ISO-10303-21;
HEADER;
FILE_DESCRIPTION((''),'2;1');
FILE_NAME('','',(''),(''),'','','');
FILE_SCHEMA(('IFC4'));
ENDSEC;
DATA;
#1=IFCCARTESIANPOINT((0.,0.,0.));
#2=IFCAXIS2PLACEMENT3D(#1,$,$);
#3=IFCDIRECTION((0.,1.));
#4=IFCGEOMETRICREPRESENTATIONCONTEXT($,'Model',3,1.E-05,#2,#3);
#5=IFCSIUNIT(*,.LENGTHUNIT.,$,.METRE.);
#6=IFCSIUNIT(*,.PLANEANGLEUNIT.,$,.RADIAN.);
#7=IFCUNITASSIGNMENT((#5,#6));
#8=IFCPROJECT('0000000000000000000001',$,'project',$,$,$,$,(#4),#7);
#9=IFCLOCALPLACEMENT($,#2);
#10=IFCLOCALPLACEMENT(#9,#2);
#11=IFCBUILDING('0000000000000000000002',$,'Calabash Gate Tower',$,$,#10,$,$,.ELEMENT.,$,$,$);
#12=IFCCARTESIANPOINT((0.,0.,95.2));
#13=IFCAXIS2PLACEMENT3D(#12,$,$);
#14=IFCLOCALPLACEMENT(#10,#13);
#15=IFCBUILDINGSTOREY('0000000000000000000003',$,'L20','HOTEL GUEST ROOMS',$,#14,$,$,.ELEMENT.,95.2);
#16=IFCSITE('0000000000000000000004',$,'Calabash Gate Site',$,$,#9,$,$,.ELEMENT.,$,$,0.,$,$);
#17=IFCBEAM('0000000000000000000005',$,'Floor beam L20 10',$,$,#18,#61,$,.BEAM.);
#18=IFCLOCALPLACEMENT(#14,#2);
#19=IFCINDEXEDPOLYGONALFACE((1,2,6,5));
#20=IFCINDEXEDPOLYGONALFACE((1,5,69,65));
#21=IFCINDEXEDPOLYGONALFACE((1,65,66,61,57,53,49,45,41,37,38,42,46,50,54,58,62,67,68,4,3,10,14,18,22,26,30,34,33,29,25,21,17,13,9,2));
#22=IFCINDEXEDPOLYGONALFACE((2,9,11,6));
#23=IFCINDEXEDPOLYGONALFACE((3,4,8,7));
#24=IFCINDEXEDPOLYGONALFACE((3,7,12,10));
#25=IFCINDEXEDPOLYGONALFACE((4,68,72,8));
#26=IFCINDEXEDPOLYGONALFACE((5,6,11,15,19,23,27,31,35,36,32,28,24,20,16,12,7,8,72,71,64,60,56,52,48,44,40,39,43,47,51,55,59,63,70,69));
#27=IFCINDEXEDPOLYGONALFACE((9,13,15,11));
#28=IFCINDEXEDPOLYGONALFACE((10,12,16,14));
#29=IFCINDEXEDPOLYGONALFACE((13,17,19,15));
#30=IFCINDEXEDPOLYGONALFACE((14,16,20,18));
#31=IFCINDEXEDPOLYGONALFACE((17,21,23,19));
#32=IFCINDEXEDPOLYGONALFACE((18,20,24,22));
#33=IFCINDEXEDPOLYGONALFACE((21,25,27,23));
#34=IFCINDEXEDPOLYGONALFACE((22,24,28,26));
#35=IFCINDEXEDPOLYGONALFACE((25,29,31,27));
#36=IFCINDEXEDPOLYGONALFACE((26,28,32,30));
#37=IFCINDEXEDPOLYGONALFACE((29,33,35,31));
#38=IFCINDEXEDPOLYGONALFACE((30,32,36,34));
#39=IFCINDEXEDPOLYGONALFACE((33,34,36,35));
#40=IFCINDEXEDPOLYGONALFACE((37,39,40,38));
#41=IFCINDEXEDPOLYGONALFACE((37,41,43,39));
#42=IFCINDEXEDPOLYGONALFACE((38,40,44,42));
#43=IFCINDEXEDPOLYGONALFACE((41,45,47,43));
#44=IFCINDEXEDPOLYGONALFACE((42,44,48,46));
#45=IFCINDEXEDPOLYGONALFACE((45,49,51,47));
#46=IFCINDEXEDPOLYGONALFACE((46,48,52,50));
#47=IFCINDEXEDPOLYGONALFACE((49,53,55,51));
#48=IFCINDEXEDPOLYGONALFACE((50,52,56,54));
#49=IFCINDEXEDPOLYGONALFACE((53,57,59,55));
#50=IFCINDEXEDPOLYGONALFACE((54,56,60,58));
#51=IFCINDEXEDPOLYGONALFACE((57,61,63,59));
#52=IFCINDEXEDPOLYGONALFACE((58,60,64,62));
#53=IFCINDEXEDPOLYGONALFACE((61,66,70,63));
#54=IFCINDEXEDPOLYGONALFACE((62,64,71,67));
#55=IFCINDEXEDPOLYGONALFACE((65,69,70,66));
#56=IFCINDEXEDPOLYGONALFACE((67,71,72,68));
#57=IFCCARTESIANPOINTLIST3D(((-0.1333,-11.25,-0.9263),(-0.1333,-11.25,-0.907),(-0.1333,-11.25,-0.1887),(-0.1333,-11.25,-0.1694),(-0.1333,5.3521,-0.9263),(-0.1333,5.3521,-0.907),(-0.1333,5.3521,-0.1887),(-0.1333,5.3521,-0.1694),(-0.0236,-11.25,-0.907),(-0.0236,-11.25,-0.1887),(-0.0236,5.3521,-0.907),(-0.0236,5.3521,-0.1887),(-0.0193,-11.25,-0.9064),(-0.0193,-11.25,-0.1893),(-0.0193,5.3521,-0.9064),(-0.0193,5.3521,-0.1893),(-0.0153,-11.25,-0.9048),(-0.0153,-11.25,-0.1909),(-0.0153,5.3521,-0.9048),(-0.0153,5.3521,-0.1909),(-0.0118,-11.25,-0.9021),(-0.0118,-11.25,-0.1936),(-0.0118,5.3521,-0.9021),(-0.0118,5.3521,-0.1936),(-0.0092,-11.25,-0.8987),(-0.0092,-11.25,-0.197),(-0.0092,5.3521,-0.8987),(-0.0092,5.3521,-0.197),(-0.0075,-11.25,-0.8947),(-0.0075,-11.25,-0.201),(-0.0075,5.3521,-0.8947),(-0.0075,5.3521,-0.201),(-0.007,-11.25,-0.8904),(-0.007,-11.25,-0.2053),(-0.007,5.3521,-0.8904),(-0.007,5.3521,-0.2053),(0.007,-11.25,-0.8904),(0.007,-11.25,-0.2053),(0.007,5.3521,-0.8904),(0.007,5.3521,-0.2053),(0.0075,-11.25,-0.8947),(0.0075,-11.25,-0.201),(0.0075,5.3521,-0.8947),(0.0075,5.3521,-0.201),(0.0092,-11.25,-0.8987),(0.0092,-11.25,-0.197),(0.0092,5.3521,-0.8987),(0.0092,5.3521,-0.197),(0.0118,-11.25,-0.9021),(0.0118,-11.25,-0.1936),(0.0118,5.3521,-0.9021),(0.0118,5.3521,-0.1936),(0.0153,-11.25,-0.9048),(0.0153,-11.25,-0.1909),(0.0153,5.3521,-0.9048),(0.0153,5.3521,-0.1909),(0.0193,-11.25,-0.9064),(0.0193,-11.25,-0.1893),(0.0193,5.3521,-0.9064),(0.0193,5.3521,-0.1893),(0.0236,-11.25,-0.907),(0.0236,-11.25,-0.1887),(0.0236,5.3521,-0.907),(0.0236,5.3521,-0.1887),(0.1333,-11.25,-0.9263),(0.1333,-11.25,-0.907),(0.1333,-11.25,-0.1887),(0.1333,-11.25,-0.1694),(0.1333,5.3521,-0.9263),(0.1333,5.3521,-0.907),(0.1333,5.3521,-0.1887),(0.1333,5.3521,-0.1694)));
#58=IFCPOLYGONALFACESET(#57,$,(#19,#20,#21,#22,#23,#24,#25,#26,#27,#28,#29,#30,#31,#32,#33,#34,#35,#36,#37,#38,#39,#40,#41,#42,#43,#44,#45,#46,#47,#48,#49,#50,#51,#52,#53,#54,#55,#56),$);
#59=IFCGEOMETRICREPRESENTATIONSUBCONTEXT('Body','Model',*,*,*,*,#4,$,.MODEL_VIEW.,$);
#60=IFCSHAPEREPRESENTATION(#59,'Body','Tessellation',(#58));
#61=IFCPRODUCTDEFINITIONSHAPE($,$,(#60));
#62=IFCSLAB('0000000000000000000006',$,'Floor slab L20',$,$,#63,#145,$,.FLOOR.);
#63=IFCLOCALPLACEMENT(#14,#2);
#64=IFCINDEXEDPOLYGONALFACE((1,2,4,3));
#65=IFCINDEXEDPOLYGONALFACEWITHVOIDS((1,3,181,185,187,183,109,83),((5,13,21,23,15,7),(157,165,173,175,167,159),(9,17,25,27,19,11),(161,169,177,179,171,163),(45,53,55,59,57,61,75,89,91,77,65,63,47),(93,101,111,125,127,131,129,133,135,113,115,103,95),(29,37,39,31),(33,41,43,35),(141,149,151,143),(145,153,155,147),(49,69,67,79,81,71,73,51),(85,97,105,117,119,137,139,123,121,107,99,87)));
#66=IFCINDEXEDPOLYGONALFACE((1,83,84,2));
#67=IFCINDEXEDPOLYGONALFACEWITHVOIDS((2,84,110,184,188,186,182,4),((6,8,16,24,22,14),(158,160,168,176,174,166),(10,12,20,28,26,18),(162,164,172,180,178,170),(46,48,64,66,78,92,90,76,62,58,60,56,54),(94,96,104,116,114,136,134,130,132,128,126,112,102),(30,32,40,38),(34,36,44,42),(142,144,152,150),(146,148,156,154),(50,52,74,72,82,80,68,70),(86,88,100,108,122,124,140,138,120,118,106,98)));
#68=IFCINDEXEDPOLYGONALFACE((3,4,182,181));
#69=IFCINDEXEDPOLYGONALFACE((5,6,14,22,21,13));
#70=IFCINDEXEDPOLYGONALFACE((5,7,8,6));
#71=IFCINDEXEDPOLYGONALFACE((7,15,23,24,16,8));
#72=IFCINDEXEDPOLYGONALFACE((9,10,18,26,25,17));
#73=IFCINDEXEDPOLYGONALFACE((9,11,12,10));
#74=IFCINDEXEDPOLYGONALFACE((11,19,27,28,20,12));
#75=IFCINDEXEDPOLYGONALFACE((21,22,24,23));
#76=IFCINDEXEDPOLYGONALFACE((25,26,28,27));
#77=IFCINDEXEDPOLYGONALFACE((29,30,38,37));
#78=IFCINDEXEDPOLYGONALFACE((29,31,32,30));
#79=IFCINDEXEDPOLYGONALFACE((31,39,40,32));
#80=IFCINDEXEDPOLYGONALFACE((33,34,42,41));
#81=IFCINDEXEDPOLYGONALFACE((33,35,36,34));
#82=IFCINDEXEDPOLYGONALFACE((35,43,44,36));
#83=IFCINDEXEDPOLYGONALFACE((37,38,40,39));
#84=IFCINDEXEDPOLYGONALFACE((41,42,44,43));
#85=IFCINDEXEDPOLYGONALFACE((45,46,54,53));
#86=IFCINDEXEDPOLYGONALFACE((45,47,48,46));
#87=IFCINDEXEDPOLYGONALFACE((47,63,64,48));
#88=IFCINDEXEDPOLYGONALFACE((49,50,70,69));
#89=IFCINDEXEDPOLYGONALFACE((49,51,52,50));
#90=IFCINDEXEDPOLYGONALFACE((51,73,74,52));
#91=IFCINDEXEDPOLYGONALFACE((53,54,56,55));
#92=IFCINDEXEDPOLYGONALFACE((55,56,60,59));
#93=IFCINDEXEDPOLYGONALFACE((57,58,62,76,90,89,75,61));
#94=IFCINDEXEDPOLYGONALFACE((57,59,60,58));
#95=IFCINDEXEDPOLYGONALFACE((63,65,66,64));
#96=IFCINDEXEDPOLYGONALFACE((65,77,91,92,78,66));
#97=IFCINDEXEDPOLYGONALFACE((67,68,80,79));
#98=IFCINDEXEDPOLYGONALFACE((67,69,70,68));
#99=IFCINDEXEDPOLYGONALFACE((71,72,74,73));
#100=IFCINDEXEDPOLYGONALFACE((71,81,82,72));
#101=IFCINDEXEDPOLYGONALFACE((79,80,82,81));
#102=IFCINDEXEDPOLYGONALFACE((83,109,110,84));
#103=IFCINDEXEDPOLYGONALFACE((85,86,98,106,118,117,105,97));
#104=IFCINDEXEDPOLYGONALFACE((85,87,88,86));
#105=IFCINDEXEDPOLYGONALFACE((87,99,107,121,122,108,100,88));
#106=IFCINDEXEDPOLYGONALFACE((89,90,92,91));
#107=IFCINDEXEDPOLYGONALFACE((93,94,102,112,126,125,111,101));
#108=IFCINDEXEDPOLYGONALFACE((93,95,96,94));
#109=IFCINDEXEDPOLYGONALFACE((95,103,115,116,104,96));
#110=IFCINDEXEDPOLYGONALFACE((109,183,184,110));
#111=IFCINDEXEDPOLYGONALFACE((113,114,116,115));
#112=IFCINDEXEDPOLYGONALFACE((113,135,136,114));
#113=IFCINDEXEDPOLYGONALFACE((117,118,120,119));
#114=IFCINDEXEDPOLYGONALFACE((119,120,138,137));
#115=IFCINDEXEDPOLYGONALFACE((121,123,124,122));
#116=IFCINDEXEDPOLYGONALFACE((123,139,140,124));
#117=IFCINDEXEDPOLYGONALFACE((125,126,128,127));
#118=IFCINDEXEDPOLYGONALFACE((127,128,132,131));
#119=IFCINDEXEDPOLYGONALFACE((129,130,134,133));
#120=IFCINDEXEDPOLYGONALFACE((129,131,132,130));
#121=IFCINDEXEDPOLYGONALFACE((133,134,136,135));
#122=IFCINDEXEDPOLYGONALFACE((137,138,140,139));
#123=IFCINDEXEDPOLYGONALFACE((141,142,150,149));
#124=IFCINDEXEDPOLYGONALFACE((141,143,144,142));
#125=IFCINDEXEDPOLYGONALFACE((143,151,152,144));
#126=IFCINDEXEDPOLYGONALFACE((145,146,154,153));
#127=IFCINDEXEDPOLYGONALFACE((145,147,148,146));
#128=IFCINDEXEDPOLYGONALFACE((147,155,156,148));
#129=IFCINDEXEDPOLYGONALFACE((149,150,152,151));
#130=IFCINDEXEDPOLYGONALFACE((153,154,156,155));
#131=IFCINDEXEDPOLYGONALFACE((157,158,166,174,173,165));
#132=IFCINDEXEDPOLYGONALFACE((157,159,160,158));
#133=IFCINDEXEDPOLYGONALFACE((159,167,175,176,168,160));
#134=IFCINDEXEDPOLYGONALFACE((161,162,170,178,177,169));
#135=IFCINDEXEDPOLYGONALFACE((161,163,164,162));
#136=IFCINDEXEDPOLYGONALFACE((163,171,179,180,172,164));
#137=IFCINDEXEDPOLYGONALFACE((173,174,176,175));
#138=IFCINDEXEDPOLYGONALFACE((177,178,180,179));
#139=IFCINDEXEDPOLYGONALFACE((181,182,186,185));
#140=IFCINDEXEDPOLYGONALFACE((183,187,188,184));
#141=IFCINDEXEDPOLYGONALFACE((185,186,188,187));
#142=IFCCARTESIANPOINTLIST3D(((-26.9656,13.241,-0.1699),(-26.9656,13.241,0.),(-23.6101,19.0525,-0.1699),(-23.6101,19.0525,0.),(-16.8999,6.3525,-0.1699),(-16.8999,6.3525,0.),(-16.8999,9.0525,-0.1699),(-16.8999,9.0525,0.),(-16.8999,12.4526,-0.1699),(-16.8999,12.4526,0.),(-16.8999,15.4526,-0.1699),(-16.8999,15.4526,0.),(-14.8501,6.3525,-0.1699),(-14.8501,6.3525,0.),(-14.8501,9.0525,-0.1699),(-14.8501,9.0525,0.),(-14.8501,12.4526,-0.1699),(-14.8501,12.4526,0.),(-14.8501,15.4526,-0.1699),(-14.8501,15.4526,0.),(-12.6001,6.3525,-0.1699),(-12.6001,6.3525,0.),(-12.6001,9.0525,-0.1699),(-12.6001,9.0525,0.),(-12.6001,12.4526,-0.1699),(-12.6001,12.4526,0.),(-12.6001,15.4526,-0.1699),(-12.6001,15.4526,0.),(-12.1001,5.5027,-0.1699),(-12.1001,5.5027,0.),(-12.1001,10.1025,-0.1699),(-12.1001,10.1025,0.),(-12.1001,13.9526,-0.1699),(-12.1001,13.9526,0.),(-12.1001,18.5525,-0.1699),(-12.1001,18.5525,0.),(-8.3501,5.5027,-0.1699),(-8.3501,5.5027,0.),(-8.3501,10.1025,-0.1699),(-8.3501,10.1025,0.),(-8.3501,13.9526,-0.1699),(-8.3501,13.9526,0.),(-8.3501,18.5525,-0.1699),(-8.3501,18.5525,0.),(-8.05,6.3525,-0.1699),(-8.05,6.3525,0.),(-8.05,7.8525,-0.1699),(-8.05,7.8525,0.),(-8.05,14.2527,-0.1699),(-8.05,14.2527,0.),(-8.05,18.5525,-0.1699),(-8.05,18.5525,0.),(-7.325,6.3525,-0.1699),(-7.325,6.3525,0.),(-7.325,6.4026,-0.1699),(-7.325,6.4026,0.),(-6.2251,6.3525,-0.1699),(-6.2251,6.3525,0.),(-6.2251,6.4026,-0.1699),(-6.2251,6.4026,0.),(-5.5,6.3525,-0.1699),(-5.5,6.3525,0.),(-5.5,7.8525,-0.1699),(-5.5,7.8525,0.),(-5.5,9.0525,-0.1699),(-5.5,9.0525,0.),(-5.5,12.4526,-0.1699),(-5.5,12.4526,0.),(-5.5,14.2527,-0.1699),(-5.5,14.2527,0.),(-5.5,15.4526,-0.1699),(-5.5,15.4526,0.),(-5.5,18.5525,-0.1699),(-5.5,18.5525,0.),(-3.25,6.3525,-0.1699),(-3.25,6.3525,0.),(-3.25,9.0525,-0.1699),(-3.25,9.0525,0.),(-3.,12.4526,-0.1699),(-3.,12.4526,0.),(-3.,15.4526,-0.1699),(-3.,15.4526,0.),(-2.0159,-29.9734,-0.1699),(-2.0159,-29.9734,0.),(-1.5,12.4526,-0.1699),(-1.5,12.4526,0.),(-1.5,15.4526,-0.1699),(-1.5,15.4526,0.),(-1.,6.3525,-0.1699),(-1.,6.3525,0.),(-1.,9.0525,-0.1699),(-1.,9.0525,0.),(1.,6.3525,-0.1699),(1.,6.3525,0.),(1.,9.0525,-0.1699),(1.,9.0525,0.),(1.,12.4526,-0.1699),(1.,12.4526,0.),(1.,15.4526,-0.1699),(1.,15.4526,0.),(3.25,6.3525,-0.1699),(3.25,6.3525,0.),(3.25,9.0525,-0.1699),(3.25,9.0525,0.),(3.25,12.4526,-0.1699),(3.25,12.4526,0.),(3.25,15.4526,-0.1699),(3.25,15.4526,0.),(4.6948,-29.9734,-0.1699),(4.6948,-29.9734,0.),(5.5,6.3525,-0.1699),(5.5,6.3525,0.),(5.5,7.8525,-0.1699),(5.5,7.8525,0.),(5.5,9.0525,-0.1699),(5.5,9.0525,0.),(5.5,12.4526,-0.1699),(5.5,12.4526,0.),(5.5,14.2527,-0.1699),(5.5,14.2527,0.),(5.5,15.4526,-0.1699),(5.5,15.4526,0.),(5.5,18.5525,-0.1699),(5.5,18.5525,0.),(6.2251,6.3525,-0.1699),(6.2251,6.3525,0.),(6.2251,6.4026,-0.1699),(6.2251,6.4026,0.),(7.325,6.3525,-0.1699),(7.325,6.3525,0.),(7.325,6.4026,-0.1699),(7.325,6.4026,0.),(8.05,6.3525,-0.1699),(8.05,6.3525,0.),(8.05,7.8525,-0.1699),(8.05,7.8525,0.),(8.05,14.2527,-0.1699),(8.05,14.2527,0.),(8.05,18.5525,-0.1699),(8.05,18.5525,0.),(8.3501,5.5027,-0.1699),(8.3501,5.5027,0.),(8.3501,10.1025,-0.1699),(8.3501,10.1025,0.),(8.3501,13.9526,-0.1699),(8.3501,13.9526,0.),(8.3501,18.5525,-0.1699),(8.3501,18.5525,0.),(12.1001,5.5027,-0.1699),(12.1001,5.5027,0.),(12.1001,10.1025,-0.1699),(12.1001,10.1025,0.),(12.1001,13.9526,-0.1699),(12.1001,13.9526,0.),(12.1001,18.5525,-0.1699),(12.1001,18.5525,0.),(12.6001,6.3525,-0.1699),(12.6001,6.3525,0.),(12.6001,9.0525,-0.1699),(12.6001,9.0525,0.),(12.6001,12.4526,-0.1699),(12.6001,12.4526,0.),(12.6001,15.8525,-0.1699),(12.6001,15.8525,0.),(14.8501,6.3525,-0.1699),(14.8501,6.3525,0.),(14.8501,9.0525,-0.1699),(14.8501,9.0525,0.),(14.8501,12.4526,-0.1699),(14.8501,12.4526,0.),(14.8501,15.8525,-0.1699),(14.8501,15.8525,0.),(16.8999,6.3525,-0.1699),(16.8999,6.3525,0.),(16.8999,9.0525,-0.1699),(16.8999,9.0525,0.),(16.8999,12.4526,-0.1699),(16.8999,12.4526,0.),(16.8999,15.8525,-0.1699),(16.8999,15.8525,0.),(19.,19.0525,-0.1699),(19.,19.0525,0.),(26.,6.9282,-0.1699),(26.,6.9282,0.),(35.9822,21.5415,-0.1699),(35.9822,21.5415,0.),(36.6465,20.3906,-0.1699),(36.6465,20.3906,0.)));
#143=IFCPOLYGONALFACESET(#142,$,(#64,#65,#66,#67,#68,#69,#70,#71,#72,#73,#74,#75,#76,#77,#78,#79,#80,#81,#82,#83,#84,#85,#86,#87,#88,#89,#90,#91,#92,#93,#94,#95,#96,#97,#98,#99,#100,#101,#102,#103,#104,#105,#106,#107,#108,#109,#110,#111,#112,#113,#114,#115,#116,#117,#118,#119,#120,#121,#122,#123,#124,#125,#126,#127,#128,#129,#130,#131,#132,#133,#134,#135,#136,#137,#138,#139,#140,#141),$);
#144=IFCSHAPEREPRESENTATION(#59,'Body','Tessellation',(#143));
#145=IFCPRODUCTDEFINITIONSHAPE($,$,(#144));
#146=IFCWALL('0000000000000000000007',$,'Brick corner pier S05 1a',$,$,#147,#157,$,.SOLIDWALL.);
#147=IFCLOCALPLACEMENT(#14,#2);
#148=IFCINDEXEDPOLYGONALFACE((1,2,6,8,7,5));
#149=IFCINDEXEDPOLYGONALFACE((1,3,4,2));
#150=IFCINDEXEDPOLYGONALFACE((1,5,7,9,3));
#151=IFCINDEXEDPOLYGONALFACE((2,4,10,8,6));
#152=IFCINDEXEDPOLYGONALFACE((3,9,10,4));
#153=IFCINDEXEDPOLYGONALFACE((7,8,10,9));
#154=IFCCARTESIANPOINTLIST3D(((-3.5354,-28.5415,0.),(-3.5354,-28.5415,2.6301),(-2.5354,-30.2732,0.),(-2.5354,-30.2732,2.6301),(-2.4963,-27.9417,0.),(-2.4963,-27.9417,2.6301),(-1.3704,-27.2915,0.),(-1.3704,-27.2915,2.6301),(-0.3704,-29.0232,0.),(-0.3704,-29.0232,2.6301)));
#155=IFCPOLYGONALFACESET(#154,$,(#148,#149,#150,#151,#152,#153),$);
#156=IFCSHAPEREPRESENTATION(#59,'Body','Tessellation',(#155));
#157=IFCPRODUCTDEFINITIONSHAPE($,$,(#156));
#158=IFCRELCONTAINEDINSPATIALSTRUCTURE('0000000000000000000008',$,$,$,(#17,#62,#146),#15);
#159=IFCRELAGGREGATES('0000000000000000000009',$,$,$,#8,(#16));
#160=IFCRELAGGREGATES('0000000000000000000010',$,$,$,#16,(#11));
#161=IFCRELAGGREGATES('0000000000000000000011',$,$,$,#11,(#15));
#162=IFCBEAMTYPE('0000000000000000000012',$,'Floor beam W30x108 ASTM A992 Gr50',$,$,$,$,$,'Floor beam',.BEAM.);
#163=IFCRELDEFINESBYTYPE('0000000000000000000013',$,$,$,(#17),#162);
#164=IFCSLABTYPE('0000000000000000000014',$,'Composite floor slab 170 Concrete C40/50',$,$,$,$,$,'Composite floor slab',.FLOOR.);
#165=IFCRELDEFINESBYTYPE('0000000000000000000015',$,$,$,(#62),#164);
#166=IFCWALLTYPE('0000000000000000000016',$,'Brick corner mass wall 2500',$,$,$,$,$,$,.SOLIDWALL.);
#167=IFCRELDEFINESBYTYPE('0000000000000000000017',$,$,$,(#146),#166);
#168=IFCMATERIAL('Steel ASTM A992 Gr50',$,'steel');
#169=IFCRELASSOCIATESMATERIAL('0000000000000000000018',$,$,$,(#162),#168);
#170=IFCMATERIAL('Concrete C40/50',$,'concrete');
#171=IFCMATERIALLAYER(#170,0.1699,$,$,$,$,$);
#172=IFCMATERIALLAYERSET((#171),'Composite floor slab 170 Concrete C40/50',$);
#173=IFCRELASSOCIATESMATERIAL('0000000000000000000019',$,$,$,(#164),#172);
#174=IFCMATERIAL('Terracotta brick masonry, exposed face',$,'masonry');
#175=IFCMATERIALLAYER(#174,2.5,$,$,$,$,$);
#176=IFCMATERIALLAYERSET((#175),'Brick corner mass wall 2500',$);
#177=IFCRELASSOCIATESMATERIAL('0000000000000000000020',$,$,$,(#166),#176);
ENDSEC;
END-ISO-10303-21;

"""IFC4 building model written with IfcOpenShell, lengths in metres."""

from ifc_helpers import new_model, si_unit, direction, frame, origin, origin_2d, place, context, subcontext, project, spatial, polyline, i_section, outline, extrude, material, layer, layer_set, material_profile, profile_set, type_object, element, save


model = new_model("IFC4")

# Units and contexts
model_context = context("Model", 3, precision=1e-05, world=origin(), true_north=direction((0.0, 1.0)))
body_context = subcontext(model_context, "Body", "Model", "MODEL_VIEW")
ifc_project = project(units=[si_unit("LENGTHUNIT", "METRE"), si_unit("PLANEANGLEUNIT", "RADIAN")], contexts=[model_context])

# Site, building, storey
site_placement = place(None, origin())
site = spatial("IfcSite", under=ifc_project, at=site_placement, Name="Calabash Gate Site", CompositionType="ELEMENT", RefElevation=0.0)
building_placement = place(site_placement, origin())
building = spatial("IfcBuilding", under=site, at=building_placement, Name="Calabash Gate Tower", CompositionType="ELEMENT")
storey_placement = place(building_placement, frame((0.0, 0.0, 95.2)))
storey = spatial("IfcBuildingStorey", under=building, at=storey_placement, Name="L20", Description="HOTEL GUEST ROOMS", CompositionType="ELEMENT", Elevation=95.2)

# Beam
ifc_material_1 = material(Name="Steel ASTM A992 Gr50", Category="steel")
ifc_material_profile = material_profile(ifc_material_1, i_section(OverallWidth=0.2666, OverallDepth=0.7568, WebThickness=0.0139, FlangeThickness=0.0193, FilletRadius=0.0166, at=origin_2d()))
ifc_profile_set = profile_set([ifc_material_profile], Name="Steel ASTM A992 Gr50")
beam_type = type_object("IfcBeamType", Name="Floor beam W30x108 ASTM A992 Gr50", ElementType="Floor beam", PredefinedType="BEAM", material=ifc_profile_set)
beam_placement = place(storey_placement, frame((0.0, -11.25, -0.5479), z_axis=(0.0, 1.0, 0.0), x_axis=(-1.0, 0.0, 0.0)))
element("IfcBeam", 1, at=beam_placement, inside=storey, type_object=beam_type, Name="Floor beam L20 10", PredefinedType="BEAM", context=body_context, shape_type="SweptSolid", body=[
    extrude(i_section(OverallWidth=0.2666, OverallDepth=0.7568, WebThickness=0.0139, FlangeThickness=0.0193, FilletRadius=0.0166, at=origin_2d()), origin(), (0.0, 0.0, 1.0), 16.6021),
])

# Slab
ifc_material_2 = material(Name="Concrete C40/50", Category="concrete")
ifc_layer_1 = layer(ifc_material_2, 0.1699)
ifc_layer_set_1 = layer_set([ifc_layer_1], Name="Composite floor slab 170 Concrete C40/50")
slab_type = type_object("IfcSlabType", Name="Composite floor slab 170 Concrete C40/50", ElementType="Composite floor slab", PredefinedType="FLOOR", material=ifc_layer_set_1)
slab_placement = place(storey_placement, frame((0.0, 0.0, -0.1699)))
element("IfcSlab", 2, at=slab_placement, inside=storey, type_object=slab_type, Name="Floor slab L20", PredefinedType="FLOOR", context=body_context, shape_type="SweptSolid", body=[
    extrude(outline(polyline([(-26.9656, 13.241), (-23.6101, 19.0525), (19.0, 19.0525), (35.9822, 21.5415), (36.6465, 20.3906), (26.0, 6.9282), (4.6948, -29.9734), (-2.0159, -29.9734), (-26.9656, 13.241)]), holes=[polyline([(-5.5, 9.0525), (-5.5, 7.8525), (-8.05, 7.8525), (-8.05, 6.3525), (-7.325, 6.3525), (-7.325, 6.4026), (-6.2251, 6.4026), (-6.2251, 6.3525), (-5.5, 6.3525), (-3.25, 6.3525), (-1.0, 6.3525), (-1.0, 9.0525), (-3.25, 9.0525), (-5.5, 9.0525)]), polyline([(5.5, 9.0525), (3.25, 9.0525), (1.0, 9.0525), (1.0, 6.3525), (3.25, 6.3525), (5.5, 6.3525), (6.2251, 6.3525), (6.2251, 6.4026), (7.325, 6.4026), (7.325, 6.3525), (8.05, 6.3525), (8.05, 7.8525), (5.5, 7.8525), (5.5, 9.0525)]), polyline([(-5.5, 14.2527), (-5.5, 12.4526), (-3.0, 12.4526), (-3.0, 15.4526), (-5.5, 15.4526), (-5.5, 18.5525), (-8.05, 18.5525), (-8.05, 14.2527), (-5.5, 14.2527)]), polyline([(8.05, 18.5525), (5.5, 18.5525), (5.5, 15.4526), (3.25, 15.4526), (1.0, 15.4526), (-1.5, 15.4526), (-1.5, 12.4526), (1.0, 12.4526), (3.25, 12.4526), (5.5, 12.4526), (5.5, 14.2527), (8.05, 14.2527), (8.05, 18.5525)]), polyline([(-12.6001, 6.3525), (-12.6001, 9.0525), (-14.8501, 9.0525), (-16.8999, 9.0525), (-16.8999, 6.3525), (-14.8501, 6.3525), (-12.6001, 6.3525)]), polyline([(-14.8501, 12.4526), (-12.6001, 12.4526), (-12.6001, 15.4526), (-14.8501, 15.4526), (-16.8999, 15.4526), (-16.8999, 12.4526), (-14.8501, 12.4526)]), polyline([(14.8501, 6.3525), (16.8999, 6.3525), (16.8999, 9.0525), (14.8501, 9.0525), (12.6001, 9.0525), (12.6001, 6.3525), (14.8501, 6.3525)]), polyline([(14.8501, 12.4526), (16.8999, 12.4526), (16.8999, 15.8525), (14.8501, 15.8525), (12.6001, 15.8525), (12.6001, 12.4526), (14.8501, 12.4526)]), polyline([(-8.3501, 18.5525), (-12.1001, 18.5525), (-12.1001, 13.9526), (-8.3501, 13.9526), (-8.3501, 18.5525)]), polyline([(-12.1001, 10.1025), (-12.1001, 5.5027), (-8.3501, 5.5027), (-8.3501, 10.1025), (-12.1001, 10.1025)]), polyline([(8.3501, 13.9526), (12.1001, 13.9526), (12.1001, 18.5525), (8.3501, 18.5525), (8.3501, 13.9526)]), polyline([(12.1001, 5.5027), (12.1001, 10.1025), (8.3501, 10.1025), (8.3501, 5.5027), (12.1001, 5.5027)])]), origin(), (0.0, 0.0, 1.0), 0.1699),
])

# Wall
ifc_material_3 = material(Name="Terracotta brick masonry, exposed face", Category="masonry")
ifc_layer_2 = layer(ifc_material_3, 2.5)
ifc_layer_set_2 = layer_set([ifc_layer_2], Name="Brick corner mass wall 2500")
wall_type_1 = type_object("IfcWallType", Name="Brick corner mass wall 2500", PredefinedType="SOLIDWALL", material=ifc_layer_set_2)
wall_1_placement = place(storey_placement, origin())
element("IfcWall", 3, at=wall_1_placement, inside=storey, type_object=wall_type_1, Name="Brick corner pier S05 1a", PredefinedType="SOLIDWALL", context=body_context, shape_type="SweptSolid", body=[
    extrude(outline(polyline([(-3.5354, -28.5415), (-2.5354, -30.2732), (-0.3704, -29.0232), (-1.3704, -27.2915), (-2.4963, -27.9417), (-2.4963, -27.9417), (-3.5354, -28.5415)])), origin(), (0.0, 0.0, 1.0), 2.6301),
])

save(model, "model.ifc")
